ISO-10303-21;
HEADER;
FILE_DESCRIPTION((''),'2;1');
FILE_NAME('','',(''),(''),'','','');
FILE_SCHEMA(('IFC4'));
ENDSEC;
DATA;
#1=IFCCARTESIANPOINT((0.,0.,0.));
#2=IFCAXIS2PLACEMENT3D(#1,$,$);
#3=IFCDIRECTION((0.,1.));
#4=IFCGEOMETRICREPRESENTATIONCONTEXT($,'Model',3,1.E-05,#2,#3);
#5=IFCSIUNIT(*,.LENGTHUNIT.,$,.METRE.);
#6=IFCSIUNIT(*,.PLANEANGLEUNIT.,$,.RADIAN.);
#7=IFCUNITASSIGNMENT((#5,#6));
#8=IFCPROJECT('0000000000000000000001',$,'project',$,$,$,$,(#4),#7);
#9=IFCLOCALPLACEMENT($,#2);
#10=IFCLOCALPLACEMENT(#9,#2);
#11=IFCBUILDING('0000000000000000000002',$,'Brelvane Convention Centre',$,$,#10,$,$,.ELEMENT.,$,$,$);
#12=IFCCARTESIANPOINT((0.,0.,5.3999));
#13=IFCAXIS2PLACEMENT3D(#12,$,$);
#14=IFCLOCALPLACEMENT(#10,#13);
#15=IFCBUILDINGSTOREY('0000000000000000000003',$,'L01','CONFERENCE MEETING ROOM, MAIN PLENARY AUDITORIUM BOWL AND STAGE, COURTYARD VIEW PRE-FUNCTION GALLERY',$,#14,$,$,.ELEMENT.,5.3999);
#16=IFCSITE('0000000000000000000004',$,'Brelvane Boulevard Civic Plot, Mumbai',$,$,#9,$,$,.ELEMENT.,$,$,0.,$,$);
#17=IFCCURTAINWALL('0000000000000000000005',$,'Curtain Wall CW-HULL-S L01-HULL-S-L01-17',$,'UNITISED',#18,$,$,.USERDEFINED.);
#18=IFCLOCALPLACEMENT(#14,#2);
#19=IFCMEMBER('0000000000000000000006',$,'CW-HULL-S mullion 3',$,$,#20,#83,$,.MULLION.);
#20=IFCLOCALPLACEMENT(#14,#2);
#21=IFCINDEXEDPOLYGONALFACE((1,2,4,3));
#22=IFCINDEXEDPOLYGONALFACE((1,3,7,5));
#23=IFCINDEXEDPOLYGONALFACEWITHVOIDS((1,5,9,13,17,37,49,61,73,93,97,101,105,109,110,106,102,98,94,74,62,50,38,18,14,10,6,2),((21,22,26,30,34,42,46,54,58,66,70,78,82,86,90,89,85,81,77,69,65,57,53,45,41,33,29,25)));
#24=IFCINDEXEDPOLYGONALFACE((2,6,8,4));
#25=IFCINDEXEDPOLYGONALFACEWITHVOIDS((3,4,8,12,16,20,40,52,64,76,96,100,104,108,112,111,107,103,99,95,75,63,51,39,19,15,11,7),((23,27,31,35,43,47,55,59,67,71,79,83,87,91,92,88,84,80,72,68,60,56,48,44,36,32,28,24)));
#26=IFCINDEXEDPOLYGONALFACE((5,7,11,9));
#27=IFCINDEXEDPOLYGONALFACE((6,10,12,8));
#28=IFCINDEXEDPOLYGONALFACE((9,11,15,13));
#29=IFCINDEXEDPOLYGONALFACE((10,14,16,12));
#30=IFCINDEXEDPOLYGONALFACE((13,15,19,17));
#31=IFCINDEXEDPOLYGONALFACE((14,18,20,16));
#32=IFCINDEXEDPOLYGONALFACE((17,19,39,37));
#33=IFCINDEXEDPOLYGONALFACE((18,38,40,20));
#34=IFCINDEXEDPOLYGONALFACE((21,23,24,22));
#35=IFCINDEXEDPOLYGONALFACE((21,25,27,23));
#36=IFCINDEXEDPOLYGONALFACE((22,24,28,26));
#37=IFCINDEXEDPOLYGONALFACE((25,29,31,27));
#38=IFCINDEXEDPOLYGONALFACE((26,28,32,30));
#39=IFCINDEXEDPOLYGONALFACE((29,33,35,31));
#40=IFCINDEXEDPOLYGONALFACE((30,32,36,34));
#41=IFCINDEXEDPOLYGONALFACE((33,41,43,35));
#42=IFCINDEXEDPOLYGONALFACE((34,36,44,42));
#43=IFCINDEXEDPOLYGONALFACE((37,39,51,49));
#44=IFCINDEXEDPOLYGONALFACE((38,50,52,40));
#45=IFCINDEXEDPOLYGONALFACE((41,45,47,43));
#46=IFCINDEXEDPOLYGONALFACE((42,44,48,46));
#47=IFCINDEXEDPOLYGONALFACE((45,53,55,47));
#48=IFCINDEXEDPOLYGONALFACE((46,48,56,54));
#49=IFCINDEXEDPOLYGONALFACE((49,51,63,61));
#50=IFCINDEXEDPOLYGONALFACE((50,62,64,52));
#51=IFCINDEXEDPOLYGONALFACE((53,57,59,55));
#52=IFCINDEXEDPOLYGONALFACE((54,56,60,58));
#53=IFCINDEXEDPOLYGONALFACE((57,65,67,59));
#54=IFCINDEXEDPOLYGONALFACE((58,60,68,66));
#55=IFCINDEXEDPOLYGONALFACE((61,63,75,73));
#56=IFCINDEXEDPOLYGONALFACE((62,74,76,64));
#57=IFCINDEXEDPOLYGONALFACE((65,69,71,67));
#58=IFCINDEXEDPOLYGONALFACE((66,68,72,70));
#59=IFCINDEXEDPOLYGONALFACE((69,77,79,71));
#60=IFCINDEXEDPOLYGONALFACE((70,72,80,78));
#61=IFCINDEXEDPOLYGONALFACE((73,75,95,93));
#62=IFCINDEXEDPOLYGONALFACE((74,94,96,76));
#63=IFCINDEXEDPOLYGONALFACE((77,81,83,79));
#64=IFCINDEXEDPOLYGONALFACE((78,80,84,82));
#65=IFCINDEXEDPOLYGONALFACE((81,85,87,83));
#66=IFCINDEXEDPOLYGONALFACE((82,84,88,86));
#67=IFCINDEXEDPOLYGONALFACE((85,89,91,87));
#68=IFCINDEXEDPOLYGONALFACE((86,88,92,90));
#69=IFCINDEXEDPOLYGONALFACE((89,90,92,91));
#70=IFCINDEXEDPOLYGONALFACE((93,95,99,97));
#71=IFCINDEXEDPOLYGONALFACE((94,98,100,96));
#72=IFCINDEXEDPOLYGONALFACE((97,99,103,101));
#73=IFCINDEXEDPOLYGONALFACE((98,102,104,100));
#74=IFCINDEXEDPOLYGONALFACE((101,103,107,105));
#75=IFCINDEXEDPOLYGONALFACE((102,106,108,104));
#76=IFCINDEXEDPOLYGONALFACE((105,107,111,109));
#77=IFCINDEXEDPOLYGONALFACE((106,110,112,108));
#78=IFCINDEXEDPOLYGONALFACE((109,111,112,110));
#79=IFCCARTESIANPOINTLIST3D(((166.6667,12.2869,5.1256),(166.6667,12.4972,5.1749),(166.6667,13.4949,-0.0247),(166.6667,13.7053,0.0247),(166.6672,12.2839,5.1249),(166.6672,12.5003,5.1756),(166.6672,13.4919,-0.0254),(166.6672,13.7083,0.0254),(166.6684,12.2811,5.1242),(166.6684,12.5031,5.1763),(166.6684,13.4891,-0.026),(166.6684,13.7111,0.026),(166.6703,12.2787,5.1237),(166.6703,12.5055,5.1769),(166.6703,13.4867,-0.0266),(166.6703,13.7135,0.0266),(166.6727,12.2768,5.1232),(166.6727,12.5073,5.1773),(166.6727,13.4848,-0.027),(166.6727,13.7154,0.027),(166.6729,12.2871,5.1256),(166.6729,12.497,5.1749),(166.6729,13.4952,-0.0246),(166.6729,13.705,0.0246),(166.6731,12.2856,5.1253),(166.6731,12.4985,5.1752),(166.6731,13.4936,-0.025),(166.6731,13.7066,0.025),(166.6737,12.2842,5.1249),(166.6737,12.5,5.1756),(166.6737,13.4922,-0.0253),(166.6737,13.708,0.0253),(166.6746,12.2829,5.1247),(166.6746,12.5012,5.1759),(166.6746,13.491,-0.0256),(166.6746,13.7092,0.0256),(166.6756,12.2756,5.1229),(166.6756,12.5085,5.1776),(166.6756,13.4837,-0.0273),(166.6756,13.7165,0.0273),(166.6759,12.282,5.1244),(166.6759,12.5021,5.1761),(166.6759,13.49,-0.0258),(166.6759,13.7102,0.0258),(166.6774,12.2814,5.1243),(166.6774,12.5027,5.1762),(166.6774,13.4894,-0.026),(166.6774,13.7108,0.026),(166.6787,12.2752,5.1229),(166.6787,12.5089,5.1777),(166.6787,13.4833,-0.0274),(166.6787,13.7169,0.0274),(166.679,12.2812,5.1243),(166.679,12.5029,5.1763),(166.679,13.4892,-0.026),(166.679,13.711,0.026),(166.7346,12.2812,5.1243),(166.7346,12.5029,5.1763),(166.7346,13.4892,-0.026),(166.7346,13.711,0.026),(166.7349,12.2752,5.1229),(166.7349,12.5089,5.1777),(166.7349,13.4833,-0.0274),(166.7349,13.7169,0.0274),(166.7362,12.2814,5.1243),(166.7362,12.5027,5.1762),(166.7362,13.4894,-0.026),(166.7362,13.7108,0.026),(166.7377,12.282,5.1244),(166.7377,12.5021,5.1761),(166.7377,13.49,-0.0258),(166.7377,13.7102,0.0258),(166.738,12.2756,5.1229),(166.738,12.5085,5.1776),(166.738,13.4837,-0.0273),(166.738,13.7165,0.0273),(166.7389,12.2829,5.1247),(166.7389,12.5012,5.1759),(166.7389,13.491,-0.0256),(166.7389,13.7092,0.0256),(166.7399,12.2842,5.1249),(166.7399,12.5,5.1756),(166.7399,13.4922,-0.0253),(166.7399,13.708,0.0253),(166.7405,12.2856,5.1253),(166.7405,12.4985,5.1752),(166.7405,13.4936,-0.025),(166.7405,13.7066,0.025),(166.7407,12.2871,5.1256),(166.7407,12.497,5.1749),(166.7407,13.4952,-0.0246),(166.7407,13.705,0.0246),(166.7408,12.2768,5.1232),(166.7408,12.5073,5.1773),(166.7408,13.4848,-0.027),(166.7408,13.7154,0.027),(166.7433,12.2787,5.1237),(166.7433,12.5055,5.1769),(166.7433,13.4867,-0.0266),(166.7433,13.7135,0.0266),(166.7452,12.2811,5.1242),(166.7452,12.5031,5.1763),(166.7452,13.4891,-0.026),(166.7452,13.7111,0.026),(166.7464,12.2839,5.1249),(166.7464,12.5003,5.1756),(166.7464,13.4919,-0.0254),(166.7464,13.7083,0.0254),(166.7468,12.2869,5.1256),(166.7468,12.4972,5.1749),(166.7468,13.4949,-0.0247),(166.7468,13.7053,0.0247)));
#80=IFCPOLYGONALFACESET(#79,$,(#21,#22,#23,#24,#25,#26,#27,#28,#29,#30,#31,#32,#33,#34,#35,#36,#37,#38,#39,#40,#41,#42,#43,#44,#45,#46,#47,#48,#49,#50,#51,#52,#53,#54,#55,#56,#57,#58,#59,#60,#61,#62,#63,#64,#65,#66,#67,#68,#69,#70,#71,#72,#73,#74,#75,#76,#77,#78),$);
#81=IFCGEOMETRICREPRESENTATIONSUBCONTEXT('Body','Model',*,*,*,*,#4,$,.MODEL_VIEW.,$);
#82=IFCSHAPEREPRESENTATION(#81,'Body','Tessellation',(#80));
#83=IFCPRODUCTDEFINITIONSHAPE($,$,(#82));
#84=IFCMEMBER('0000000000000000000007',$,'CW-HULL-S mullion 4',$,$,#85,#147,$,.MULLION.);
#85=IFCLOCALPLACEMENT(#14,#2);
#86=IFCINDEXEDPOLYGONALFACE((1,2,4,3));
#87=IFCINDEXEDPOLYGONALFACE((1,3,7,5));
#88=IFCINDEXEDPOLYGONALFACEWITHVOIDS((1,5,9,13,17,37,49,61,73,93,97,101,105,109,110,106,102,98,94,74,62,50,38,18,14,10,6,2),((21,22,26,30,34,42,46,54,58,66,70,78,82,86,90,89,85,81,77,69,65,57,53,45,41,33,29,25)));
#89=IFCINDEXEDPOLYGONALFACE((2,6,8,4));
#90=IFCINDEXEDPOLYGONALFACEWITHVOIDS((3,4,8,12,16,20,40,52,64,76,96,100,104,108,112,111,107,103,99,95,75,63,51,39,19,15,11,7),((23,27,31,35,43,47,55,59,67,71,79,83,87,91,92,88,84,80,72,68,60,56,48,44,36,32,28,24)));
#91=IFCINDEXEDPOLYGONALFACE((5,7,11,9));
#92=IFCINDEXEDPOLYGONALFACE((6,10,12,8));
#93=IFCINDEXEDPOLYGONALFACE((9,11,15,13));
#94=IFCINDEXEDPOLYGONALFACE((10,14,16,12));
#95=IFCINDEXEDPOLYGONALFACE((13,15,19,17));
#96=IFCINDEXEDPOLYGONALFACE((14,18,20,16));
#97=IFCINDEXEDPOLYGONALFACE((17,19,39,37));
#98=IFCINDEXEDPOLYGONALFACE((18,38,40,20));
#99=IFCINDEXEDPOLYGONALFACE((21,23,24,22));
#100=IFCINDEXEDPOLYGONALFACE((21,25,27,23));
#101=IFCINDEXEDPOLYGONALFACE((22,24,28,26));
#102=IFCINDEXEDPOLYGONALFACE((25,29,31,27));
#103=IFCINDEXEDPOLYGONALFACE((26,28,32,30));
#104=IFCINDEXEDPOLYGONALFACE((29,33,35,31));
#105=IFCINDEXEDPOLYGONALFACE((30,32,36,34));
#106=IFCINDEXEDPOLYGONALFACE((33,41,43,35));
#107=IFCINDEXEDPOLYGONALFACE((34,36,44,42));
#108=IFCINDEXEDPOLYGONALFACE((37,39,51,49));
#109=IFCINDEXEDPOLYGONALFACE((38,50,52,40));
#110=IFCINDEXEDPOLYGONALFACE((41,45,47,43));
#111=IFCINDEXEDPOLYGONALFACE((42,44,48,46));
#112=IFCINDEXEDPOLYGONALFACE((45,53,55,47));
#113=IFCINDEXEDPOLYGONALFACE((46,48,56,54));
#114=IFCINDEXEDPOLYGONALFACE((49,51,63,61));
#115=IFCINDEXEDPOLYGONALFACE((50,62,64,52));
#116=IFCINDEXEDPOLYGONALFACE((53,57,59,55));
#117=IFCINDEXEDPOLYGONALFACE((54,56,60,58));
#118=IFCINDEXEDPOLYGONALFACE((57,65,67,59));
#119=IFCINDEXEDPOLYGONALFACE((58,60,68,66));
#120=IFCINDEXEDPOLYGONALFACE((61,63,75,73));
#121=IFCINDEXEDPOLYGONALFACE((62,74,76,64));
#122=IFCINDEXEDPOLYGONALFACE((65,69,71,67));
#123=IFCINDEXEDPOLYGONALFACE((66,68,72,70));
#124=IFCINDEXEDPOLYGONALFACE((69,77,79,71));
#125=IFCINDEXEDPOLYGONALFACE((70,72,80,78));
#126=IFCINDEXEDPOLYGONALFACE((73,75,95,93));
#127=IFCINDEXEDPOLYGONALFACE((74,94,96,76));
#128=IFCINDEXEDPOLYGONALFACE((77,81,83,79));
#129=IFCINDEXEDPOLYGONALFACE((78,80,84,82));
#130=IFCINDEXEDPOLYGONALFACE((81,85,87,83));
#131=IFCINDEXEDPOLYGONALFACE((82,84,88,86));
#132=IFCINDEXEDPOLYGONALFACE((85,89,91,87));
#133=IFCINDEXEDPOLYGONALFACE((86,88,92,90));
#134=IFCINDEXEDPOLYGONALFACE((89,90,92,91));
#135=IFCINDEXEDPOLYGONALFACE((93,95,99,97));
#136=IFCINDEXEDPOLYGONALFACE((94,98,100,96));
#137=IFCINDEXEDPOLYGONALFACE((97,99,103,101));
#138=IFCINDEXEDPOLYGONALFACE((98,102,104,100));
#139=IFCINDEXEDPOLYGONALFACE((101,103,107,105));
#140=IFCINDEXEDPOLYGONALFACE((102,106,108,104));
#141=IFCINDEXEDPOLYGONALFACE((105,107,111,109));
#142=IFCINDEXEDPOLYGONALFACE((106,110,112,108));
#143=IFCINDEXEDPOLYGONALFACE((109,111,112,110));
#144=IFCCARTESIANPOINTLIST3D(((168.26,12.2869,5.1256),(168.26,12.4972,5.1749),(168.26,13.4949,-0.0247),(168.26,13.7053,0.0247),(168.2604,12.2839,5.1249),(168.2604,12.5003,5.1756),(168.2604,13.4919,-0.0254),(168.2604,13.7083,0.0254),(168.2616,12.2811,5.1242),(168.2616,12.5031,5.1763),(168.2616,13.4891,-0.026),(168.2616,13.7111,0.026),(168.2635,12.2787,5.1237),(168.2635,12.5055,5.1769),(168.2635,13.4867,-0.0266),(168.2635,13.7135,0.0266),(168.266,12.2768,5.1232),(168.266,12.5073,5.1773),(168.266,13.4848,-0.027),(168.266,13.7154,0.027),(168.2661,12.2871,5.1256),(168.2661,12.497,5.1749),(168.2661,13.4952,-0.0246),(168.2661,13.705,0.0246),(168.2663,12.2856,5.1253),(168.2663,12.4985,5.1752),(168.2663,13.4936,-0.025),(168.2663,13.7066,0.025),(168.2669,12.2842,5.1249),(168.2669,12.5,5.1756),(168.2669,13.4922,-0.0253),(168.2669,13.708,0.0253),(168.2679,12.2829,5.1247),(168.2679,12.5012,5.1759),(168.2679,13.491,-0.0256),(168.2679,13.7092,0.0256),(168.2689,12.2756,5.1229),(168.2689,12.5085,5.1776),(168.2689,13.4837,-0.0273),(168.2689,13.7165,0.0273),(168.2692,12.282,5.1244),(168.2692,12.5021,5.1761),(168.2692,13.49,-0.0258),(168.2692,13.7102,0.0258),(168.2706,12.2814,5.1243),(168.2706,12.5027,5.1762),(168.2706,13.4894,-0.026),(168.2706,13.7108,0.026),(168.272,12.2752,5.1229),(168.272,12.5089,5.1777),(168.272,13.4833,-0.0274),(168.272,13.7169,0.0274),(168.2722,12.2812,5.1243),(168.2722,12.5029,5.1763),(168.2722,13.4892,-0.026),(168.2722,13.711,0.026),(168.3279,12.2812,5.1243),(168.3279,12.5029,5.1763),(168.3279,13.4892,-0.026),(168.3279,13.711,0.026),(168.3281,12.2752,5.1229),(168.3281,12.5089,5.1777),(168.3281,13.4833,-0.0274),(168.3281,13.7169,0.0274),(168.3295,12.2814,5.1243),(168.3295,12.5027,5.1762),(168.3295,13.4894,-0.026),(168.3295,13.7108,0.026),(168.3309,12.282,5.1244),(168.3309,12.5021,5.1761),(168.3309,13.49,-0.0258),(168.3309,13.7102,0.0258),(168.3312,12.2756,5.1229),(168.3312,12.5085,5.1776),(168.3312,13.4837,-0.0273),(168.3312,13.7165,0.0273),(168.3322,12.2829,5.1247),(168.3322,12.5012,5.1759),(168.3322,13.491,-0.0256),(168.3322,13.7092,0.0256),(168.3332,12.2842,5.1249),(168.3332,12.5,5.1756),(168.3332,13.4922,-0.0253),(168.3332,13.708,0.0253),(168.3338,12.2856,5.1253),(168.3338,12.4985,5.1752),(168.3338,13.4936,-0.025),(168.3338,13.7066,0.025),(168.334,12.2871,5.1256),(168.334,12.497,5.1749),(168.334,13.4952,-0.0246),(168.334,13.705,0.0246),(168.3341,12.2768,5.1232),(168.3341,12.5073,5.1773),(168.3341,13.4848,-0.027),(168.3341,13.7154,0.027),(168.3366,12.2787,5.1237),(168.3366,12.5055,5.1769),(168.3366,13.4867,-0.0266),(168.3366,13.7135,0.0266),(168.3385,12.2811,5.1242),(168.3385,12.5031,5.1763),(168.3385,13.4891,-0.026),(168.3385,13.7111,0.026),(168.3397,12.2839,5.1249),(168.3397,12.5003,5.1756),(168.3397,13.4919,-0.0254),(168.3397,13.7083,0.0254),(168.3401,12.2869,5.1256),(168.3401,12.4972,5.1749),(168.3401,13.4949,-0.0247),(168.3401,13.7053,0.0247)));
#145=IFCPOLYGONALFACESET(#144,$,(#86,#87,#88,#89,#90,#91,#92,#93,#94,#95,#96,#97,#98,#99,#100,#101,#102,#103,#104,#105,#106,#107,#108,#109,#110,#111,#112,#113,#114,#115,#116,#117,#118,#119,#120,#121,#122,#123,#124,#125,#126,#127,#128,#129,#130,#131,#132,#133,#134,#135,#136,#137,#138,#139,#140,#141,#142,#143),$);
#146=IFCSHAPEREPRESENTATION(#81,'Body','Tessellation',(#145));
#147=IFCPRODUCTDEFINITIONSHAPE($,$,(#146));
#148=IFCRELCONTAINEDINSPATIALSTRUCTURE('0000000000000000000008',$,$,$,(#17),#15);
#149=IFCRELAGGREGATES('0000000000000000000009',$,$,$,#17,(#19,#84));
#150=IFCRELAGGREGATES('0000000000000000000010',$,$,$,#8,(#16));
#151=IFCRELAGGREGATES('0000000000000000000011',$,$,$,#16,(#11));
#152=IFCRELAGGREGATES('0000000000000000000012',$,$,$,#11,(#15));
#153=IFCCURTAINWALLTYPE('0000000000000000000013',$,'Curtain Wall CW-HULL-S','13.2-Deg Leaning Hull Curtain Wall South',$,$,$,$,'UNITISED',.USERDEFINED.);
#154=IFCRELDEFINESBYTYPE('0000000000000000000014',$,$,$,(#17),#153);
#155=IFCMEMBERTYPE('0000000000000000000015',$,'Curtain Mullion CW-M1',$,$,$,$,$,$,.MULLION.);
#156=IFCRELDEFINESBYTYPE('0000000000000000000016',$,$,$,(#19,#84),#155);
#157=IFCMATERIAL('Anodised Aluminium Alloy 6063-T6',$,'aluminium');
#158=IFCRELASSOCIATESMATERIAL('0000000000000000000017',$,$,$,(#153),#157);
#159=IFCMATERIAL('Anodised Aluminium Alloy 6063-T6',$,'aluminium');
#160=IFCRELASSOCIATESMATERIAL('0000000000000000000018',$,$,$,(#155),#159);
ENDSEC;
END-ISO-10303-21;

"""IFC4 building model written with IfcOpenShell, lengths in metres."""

from ifc_helpers import new_model, si_unit, direction, frame, origin, origin_2d, place, context, subcontext, project, spatial, hollow_rectangle, extrude, material, material_profile, profile_set, type_object, element, aggregate, save


model = new_model("IFC4")

# Units and contexts
model_context = context("Model", 3, precision=1e-05, world=origin(), true_north=direction((0.0, 1.0)))
body_context = subcontext(model_context, "Body", "Model", "MODEL_VIEW")
ifc_project = project(units=[si_unit("LENGTHUNIT", "METRE"), si_unit("PLANEANGLEUNIT", "RADIAN")], contexts=[model_context])

# Site, building, storey
site_placement = place(None, origin())
site = spatial("IfcSite", under=ifc_project, at=site_placement, Name="Brelvane Boulevard Civic Plot, Mumbai", CompositionType="ELEMENT", RefElevation=0.0)
building_placement = place(site_placement, origin())
building = spatial("IfcBuilding", under=site, at=building_placement, Name="Brelvane Convention Centre", CompositionType="ELEMENT")
storey_placement = place(building_placement, frame((0.0, 0.0, 5.3999)))
storey = spatial("IfcBuildingStorey", under=building, at=storey_placement, Name="L01", Description="CONFERENCE MEETING ROOM, MAIN PLENARY AUDITORIUM BOWL AND STAGE, COURTYARD VIEW PRE-FUNCTION GALLERY", CompositionType="ELEMENT", Elevation=5.3999)

# Curtain wall, members
ifc_material_1 = material(Name="Anodised Aluminium Alloy 6063-T6", Category="aluminium")
curtain_wall_type = type_object("IfcCurtainWallType", Name="Curtain Wall CW-HULL-S", Description="13.2-Deg Leaning Hull Curtain Wall South", ElementType="UNITISED", PredefinedType="USERDEFINED", material=ifc_material_1)
ifc_material_2 = material(Name="Anodised Aluminium Alloy 6063-T6", Category="aluminium")
ifc_material_profile_1 = material_profile(ifc_material_2, hollow_rectangle(XDim=0.0801, YDim=0.24, WallThickness=0.0061, InnerFilletRadius=0.0061, OuterFilletRadius=0.012, at=origin_2d()), Name="ALU-M 240x80x6.0")
ifc_profile_set_1 = profile_set([ifc_material_profile_1], Name="Anodised Aluminium Alloy 6063-T6")
member_type_1 = type_object("IfcMemberType", Name="Curtain Mullion CW-M1", PredefinedType="MULLION", material=ifc_profile_set_1)
curtain_wall_1_placement = place(storey_placement, origin())
curtain_wall_1 = element("IfcCurtainWall", 1, at=curtain_wall_1_placement, inside=storey, type_object=curtain_wall_type, Name="Curtain Wall CW-HULL-S L01-HULL-S-L01-17", ObjectType="UNITISED", PredefinedType="USERDEFINED")
member_1_placement = place(storey_placement, frame((166.7068, 13.6001, 0.0), z_axis=(0.0, -0.22836, 0.973577), x_axis=(1.0, 0.0, 0.0)))
member_1 = element("IfcMember", 2, at=member_1_placement, type_object=member_type_1, Name="CW-HULL-S mullion 3", PredefinedType="MULLION", context=body_context, shape_type="SweptSolid", body=[
    extrude(hollow_rectangle(XDim=0.0801, YDim=0.24, WallThickness=0.0061, InnerFilletRadius=0.0061, OuterFilletRadius=0.012, at=origin_2d()), origin(), (0.0, 0.0, 1.0), 5.29),
])
member_2_placement = place(storey_placement, frame((168.3, 13.6001, 0.0), z_axis=(0.0, -0.22836, 0.973577), x_axis=(1.0, 0.0, 0.0)))
member_2 = element("IfcMember", 3, at=member_2_placement, type_object=member_type_1, Name="CW-HULL-S mullion 4", PredefinedType="MULLION", context=body_context, shape_type="SweptSolid", body=[
    extrude(hollow_rectangle(XDim=0.0801, YDim=0.24, WallThickness=0.0061, InnerFilletRadius=0.0061, OuterFilletRadius=0.012, at=origin_2d()), origin(), (0.0, 0.0, 1.0), 5.29),
])
aggregate(curtain_wall_1, [member_1, member_2])

save(model, "model.ifc")
